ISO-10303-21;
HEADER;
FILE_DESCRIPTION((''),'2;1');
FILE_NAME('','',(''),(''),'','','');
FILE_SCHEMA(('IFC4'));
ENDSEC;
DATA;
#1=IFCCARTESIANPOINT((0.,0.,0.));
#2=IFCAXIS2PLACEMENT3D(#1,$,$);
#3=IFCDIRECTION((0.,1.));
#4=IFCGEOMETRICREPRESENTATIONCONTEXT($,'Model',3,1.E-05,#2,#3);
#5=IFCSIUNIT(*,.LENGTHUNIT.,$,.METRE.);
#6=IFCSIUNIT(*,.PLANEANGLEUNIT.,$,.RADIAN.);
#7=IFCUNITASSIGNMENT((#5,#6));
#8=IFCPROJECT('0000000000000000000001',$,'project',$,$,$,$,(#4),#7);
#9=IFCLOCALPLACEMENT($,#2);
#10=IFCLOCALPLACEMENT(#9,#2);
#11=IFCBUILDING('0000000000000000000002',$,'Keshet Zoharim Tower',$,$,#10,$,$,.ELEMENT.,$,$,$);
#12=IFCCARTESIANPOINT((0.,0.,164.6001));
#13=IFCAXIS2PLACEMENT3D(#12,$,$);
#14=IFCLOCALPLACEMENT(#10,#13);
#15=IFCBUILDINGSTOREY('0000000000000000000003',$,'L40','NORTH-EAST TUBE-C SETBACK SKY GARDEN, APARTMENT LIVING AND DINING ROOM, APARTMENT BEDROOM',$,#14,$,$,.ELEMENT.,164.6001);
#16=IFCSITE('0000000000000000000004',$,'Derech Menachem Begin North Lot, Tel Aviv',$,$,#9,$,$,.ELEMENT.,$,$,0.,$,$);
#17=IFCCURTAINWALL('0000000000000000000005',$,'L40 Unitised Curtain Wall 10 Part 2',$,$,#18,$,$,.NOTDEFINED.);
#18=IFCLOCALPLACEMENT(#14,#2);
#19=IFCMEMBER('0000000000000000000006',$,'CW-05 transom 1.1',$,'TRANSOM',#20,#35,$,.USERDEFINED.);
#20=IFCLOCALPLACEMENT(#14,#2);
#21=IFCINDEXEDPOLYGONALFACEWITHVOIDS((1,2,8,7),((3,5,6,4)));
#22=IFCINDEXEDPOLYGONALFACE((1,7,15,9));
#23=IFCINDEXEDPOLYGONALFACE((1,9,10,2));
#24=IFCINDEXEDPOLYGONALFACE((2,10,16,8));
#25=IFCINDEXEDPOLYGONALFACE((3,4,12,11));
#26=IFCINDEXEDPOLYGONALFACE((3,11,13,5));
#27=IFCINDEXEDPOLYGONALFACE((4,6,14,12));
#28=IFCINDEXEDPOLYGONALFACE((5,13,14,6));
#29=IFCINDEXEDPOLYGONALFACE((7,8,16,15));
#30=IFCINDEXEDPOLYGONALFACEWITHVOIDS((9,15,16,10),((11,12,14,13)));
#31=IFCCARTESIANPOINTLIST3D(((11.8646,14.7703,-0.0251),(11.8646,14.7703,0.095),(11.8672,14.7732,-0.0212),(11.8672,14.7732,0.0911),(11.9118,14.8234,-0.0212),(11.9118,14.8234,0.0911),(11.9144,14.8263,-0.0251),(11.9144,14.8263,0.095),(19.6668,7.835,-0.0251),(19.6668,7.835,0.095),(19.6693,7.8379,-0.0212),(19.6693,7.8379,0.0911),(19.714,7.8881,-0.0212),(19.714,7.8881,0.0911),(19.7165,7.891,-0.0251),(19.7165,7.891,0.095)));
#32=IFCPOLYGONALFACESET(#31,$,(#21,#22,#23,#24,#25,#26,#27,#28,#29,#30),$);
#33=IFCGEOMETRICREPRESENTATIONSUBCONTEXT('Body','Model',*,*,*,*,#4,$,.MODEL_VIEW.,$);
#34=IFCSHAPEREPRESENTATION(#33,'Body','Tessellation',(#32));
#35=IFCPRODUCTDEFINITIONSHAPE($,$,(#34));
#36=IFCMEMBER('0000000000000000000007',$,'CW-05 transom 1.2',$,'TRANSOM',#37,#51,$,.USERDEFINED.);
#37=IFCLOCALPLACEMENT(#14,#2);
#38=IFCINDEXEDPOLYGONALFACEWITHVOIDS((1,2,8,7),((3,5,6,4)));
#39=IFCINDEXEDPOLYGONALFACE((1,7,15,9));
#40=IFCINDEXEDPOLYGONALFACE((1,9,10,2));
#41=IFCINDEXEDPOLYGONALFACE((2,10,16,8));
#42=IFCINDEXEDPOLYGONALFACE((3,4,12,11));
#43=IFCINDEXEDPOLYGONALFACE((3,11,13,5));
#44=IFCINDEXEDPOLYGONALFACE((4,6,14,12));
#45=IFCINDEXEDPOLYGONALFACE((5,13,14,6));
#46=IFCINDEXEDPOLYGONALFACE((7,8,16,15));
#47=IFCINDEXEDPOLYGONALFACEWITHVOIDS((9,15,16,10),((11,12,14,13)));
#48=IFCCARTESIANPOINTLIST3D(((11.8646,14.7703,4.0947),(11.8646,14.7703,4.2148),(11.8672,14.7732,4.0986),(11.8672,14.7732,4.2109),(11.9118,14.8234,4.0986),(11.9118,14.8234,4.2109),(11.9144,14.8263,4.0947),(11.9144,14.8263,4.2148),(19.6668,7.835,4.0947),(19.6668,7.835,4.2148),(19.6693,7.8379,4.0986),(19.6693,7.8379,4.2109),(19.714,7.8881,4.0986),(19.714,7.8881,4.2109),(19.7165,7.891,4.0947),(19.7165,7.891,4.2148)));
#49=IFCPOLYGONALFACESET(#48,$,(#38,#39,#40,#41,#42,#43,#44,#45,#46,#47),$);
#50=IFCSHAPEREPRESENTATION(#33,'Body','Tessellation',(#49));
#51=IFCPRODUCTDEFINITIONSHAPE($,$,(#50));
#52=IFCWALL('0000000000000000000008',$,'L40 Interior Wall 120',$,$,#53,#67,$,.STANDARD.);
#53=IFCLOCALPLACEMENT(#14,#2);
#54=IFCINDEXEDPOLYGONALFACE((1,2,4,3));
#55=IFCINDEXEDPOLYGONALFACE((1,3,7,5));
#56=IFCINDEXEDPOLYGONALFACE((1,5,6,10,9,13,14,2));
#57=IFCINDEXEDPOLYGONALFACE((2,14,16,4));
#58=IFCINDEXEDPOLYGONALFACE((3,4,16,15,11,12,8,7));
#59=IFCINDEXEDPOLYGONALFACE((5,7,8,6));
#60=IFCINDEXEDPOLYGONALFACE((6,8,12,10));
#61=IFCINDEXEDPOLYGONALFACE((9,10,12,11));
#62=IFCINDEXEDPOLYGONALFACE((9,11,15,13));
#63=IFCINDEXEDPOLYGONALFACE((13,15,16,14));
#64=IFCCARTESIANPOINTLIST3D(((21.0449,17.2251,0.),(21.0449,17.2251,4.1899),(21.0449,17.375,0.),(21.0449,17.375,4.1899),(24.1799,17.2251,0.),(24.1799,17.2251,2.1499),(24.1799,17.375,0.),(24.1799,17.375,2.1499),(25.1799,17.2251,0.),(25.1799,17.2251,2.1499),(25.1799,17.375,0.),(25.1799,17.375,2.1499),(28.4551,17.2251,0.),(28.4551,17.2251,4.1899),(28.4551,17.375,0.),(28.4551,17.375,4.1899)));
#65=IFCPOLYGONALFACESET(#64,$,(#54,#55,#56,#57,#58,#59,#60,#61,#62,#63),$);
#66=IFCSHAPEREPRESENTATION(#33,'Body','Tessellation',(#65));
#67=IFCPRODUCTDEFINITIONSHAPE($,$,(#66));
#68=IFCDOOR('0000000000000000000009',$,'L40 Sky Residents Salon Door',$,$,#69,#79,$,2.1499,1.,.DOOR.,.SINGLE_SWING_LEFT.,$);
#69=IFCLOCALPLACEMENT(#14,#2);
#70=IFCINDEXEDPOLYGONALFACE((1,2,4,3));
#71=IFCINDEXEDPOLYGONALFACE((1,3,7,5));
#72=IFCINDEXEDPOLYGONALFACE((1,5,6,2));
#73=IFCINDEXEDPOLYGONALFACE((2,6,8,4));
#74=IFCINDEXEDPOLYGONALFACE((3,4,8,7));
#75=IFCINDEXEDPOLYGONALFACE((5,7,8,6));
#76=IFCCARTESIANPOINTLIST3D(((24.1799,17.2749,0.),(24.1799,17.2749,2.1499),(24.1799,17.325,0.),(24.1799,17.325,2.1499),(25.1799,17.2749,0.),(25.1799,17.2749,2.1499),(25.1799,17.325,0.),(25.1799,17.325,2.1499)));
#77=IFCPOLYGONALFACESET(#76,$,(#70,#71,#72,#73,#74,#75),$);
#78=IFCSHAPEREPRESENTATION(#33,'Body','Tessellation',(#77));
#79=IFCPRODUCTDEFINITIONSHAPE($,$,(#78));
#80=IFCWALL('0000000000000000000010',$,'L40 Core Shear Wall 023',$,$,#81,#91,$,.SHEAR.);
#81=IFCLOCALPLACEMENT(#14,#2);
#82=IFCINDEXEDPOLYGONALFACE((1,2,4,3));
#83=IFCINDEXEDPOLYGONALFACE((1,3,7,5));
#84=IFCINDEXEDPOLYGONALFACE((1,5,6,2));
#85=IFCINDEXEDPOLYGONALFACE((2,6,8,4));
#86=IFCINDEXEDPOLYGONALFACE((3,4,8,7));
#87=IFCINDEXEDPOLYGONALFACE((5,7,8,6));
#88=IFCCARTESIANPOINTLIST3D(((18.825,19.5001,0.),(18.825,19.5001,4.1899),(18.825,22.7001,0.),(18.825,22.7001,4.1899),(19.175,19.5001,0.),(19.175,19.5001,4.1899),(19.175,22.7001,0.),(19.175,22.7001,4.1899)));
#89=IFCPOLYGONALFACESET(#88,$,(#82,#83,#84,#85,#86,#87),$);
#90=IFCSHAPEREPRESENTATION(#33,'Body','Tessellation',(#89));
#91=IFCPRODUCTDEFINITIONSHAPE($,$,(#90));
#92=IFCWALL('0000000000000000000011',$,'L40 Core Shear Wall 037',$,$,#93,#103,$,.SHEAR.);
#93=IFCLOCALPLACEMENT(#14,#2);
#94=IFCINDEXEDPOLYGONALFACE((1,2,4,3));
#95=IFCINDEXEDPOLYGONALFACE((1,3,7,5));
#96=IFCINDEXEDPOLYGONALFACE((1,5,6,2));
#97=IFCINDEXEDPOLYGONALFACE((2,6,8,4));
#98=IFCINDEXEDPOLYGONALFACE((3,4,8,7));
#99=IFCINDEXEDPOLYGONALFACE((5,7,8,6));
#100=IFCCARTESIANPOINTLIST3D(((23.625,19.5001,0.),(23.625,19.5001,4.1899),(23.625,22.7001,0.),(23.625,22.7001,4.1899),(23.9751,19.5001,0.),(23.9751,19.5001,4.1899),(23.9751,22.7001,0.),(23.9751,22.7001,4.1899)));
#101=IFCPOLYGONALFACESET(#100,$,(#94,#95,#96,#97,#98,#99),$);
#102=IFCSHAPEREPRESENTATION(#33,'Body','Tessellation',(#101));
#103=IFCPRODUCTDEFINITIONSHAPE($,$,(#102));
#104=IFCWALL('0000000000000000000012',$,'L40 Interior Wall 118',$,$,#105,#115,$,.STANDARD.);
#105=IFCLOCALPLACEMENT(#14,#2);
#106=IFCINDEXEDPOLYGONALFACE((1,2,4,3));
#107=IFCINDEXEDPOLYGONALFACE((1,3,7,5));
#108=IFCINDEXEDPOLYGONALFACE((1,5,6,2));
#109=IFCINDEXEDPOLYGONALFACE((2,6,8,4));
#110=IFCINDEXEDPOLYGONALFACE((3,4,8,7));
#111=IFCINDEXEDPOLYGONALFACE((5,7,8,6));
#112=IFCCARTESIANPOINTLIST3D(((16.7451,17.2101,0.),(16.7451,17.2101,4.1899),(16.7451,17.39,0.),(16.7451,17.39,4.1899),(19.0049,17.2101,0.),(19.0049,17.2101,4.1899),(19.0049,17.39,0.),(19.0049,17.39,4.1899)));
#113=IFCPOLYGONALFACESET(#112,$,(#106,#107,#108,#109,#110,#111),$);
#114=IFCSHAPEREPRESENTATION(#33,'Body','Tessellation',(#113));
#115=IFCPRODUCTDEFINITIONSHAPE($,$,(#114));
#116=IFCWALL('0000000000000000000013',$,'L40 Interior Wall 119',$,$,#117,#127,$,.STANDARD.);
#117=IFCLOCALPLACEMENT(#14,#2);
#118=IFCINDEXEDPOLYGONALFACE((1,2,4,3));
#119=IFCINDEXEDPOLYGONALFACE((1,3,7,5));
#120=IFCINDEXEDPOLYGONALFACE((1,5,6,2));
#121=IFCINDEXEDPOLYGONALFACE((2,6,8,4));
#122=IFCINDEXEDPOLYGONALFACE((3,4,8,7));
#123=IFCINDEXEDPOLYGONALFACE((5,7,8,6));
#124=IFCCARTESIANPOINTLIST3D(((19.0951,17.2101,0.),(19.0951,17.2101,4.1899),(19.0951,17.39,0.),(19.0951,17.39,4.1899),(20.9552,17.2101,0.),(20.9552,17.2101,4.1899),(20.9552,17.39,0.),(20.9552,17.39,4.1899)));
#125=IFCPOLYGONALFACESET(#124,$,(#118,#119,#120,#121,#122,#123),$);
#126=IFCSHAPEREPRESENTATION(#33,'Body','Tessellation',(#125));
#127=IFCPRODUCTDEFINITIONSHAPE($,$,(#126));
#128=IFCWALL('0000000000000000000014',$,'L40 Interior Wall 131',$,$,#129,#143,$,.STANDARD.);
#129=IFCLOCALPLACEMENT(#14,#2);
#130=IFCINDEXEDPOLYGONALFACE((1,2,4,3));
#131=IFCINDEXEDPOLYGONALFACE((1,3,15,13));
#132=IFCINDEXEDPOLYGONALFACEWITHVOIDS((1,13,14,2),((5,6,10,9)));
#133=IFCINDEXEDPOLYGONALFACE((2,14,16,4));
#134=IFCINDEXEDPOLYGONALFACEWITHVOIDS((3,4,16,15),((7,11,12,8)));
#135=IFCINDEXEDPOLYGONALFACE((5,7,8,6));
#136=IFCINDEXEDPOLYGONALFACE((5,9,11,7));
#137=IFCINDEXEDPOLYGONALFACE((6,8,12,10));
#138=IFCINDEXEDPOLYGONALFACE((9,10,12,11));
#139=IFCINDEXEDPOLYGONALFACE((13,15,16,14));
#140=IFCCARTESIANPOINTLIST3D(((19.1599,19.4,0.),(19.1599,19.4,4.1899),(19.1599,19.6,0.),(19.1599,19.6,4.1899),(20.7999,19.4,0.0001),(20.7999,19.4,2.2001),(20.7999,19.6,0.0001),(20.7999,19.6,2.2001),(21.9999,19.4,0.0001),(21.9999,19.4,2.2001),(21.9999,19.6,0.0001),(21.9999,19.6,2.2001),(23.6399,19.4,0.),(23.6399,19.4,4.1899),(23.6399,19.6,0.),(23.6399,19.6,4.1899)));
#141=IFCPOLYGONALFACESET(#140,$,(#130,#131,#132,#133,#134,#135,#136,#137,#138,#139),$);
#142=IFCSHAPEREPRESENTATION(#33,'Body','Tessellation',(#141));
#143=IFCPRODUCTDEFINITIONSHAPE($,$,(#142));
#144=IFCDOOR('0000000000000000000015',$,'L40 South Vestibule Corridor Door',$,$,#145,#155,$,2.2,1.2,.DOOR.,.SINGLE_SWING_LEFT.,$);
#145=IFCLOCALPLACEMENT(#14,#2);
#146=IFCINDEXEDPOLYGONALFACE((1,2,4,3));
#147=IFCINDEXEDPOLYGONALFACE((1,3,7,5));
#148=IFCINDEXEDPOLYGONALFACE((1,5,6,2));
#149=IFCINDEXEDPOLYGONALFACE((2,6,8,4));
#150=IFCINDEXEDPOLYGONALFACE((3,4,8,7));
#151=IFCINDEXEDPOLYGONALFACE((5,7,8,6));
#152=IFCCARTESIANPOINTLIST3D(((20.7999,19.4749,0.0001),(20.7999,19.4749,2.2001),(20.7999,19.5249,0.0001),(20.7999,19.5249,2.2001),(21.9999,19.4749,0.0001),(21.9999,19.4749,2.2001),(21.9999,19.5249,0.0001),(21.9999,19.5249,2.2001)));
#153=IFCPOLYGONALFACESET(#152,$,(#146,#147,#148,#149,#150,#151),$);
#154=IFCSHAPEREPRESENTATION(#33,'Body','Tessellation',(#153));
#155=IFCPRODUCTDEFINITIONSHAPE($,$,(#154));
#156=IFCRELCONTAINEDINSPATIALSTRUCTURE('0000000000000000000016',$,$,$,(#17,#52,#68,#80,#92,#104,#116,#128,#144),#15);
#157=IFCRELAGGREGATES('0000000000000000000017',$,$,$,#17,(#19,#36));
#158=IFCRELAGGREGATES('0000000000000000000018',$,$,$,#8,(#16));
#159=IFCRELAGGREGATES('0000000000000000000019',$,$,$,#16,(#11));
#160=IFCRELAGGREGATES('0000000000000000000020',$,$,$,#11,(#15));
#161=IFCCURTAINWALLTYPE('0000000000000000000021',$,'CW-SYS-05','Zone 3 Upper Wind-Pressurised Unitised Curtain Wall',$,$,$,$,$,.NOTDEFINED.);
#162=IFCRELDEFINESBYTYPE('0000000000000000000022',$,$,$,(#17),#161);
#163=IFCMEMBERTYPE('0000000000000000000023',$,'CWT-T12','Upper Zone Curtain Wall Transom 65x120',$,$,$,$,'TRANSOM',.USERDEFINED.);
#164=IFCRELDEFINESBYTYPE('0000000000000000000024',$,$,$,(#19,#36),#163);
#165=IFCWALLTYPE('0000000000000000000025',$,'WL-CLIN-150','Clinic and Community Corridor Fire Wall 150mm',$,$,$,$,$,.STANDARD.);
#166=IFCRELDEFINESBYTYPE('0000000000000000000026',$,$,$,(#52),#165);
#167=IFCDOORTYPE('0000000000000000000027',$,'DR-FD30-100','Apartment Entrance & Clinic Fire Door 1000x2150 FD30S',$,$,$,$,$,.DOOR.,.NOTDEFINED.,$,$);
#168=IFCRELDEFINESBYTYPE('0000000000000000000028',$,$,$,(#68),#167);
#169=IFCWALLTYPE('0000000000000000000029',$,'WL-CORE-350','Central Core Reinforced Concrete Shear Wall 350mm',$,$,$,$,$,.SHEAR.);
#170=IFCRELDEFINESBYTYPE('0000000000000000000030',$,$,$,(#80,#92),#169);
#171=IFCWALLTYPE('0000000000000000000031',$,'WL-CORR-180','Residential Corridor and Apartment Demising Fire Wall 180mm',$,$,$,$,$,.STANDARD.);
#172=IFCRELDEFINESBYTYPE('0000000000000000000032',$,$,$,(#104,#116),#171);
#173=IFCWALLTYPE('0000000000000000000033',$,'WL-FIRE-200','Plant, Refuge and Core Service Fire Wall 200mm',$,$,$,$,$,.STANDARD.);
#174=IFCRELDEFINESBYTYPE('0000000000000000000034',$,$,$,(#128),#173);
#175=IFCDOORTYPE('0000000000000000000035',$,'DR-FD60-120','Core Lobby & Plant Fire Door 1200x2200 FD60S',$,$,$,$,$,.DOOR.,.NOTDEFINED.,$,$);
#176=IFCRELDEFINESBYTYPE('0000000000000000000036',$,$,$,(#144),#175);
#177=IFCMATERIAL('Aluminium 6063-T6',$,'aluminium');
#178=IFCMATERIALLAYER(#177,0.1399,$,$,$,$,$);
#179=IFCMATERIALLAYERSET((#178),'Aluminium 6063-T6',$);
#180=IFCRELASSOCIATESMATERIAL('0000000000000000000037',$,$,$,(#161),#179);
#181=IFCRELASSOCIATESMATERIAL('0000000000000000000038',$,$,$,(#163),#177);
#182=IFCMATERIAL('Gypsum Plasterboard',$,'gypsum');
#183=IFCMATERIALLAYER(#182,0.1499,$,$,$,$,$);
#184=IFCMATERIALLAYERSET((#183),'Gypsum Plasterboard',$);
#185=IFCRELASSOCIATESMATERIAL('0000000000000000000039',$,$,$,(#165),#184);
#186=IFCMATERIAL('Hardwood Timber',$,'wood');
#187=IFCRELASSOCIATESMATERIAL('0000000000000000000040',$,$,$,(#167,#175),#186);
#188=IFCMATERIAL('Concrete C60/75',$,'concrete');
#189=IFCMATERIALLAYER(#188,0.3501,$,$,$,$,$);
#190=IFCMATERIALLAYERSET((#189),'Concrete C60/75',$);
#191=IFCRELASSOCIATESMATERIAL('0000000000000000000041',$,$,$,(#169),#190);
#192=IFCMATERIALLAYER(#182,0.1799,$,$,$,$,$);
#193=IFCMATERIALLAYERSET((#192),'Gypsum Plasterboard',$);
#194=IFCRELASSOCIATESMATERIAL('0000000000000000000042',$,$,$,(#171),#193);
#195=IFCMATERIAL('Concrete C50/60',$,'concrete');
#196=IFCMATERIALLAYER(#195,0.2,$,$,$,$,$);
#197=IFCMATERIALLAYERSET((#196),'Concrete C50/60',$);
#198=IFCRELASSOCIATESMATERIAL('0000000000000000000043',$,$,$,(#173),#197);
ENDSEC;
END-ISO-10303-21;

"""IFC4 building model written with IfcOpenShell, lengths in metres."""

from ifc_helpers import new_model, si_unit, direction, frame, frame_2d, origin, origin_2d, place, context, subcontext, project, spatial, rectangle, hollow_rectangle, extrude, material, layer, layer_set, material_profile, profile_set, type_object, element, fill, aggregate, save


model = new_model("IFC4")

# Units and contexts
model_context = context("Model", 3, precision=1e-05, world=origin(), true_north=direction((0.0, 1.0)))
body_context = subcontext(model_context, "Body", "Model", "MODEL_VIEW")
ifc_project = project(units=[si_unit("LENGTHUNIT", "METRE"), si_unit("PLANEANGLEUNIT", "RADIAN")], contexts=[model_context])

# Site, building, storey
site_placement = place(None, origin())
site = spatial("IfcSite", under=ifc_project, at=site_placement, Name="Derech Menachem Begin North Lot, Tel Aviv", CompositionType="ELEMENT", RefElevation=0.0)
building_placement = place(site_placement, origin())
building = spatial("IfcBuilding", under=site, at=building_placement, Name="Keshet Zoharim Tower", CompositionType="ELEMENT")
storey_placement = place(building_placement, frame((0.0, 0.0, 164.6001)))
storey = spatial("IfcBuildingStorey", under=building, at=storey_placement, Name="L40", Description="NORTH-EAST TUBE-C SETBACK SKY GARDEN, APARTMENT LIVING AND DINING ROOM, APARTMENT BEDROOM", CompositionType="ELEMENT", Elevation=164.6001)

# Curtain wall, members
ifc_material_1 = material(Name="Aluminium 6063-T6", Category="aluminium")
ifc_layer_1 = layer(ifc_material_1, 0.1399)
ifc_layer_set_1 = layer_set([ifc_layer_1], Name="Aluminium 6063-T6")
curtain_wall_type = type_object("IfcCurtainWallType", Name="CW-SYS-05", Description="Zone 3 Upper Wind-Pressurised Unitised Curtain Wall", PredefinedType="NOTDEFINED", material=ifc_layer_set_1)
curtain_wall_placement = place(storey_placement, origin())
curtain_wall = element("IfcCurtainWall", 1, at=curtain_wall_placement, inside=storey, type_object=curtain_wall_type, Name="L40 Unitised Curtain Wall 10 Part 2", PredefinedType="NOTDEFINED")
ifc_material_profile = material_profile(ifc_material_1, hollow_rectangle(XDim=0.075, YDim=0.1201, WallThickness=0.0039, at=origin_2d()), Name="TRN-75x120")
ifc_profile_set = profile_set([ifc_material_profile], Name="Aluminium 6063-T6")
member_type = type_object("IfcMemberType", Name="CWT-T12", Description="Upper Zone Curtain Wall Transom 65x120", ElementType="TRANSOM", PredefinedType="USERDEFINED", material=ifc_profile_set)
member_1_placement = place(storey_placement, frame((19.6917, 7.863, 0.0349), z_axis=(-0.747411, 0.664362, 0.0), x_axis=(-0.664362, -0.747411, 0.0)))
member_1 = element("IfcMember", 2, at=member_1_placement, type_object=member_type, Name="CW-05 transom 1.1", ObjectType="TRANSOM", PredefinedType="USERDEFINED", context=body_context, shape_type="SweptSolid", body=[
    extrude(hollow_rectangle(XDim=0.075, YDim=0.1201, WallThickness=0.0039, at=origin_2d()), origin(), (0.0, 0.0, 1.0), 10.439),
])
member_2_placement = place(storey_placement, frame((19.6917, 7.863, 4.1548), z_axis=(-0.747411, 0.664362, 0.0), x_axis=(-0.664362, -0.747411, 0.0)))
member_2 = element("IfcMember", 3, at=member_2_placement, type_object=member_type, Name="CW-05 transom 1.2", ObjectType="TRANSOM", PredefinedType="USERDEFINED", context=body_context, shape_type="SweptSolid", body=[
    extrude(hollow_rectangle(XDim=0.075, YDim=0.1201, WallThickness=0.0039, at=origin_2d()), origin(), (0.0, 0.0, 1.0), 10.439),
])
aggregate(curtain_wall, [member_1, member_2])

# Wall, opening, door
ifc_material_2 = material(Name="Gypsum Plasterboard", Category="gypsum")
ifc_layer_2 = layer(ifc_material_2, 0.1499)
ifc_layer_set_2 = layer_set([ifc_layer_2], Name="Gypsum Plasterboard")
wall_type_1 = type_object("IfcWallType", Name="WL-CLIN-150", Description="Clinic and Community Corridor Fire Wall 150mm", PredefinedType="STANDARD", material=ifc_layer_set_2)
wall_1_placement = place(storey_placement, frame((21.0449, 17.3, 0.0), z_axis=(0.0, 0.0, 1.0), x_axis=(1.0, 0.0, 0.0)))
wall_1 = element("IfcWall", 4, at=wall_1_placement, inside=storey, type_object=wall_type_1, Name="L40 Interior Wall 120", PredefinedType="STANDARD", context=body_context, shape_type="SweptSolid", body=[
    extrude(rectangle(XDim=7.4102, YDim=0.1499, at=frame_2d((3.7051, 0.0))), origin(), (0.0, 0.0, 1.0), 4.1899),
])
opening_1_placement = place(wall_1_placement, frame((3.135, 0.0, 0.0)))
opening_1 = element("IfcOpeningElement", 5, at=opening_1_placement, cuts=wall_1, PredefinedType="OPENING", context=body_context, shape_type="SweptSolid", body=[
    extrude(rectangle(XDim=1.0, YDim=2.1499, at=frame_2d((0.5, 1.075))), frame((0.0, 0.085, 0.0), z_axis=(0.0, -1.0, 0.0), x_axis=(1.0, 0.0, 0.0)), (0.0, 0.0, 1.0), 0.1699),
])
ifc_material_3 = material(Name="Hardwood Timber", Category="wood")
door_type_1 = type_object("IfcDoorType", Name="DR-FD30-100", Description="Apartment Entrance & Clinic Fire Door 1000x2150 FD30S", OperationType="NOTDEFINED", PredefinedType="DOOR", material=ifc_material_3)
door_1_placement = place(opening_1_placement, origin())
door_1 = element("IfcDoor", 6, at=door_1_placement, inside=storey, type_object=door_type_1, Name="L40 Sky Residents Salon Door", OperationType="SINGLE_SWING_LEFT", OverallHeight=2.1499, OverallWidth=1.0, PredefinedType="DOOR", context=body_context, shape_type="SweptSolid", body=[
    extrude(rectangle(XDim=1.0, YDim=2.1499, at=frame_2d((0.5, 1.075))), frame((0.0, 0.0249, 0.0), z_axis=(0.0, -1.0, 0.0), x_axis=(1.0, 0.0, 0.0)), (0.0, 0.0, 1.0), 0.05),
])
fill(opening_1, door_1)

# Walls
ifc_material_4 = material(Name="Concrete C60/75", Category="concrete")
ifc_layer_3 = layer(ifc_material_4, 0.3501)
ifc_layer_set_3 = layer_set([ifc_layer_3], Name="Concrete C60/75")
wall_type_2 = type_object("IfcWallType", Name="WL-CORE-350", Description="Central Core Reinforced Concrete Shear Wall 350mm", PredefinedType="SHEAR", material=ifc_layer_set_3)
for number, where, z_axis, x_axis, name in (
    (7, (19.0, 19.5, 0.0), (0.0, 0.0, 1.0), (0.0, 1.0, 0.0), "L40 Core Shear Wall 023"),
    (8, (23.8, 19.5, 0.0), (0.0, 0.0, 1.0), (0.0, 1.0, 0.0), "L40 Core Shear Wall 037"),
):
    element("IfcWall", number, at=place(storey_placement, frame(where, z_axis=z_axis, x_axis=x_axis)), inside=storey, type_object=wall_type_2, Name=name, PredefinedType="SHEAR", context=body_context, shape_type="SweptSolid", body=[
        extrude(rectangle(XDim=3.2, YDim=0.3501, at=frame_2d((1.6001, 0.0))), origin(), (0.0, 0.0, 1.0), 4.1899),
    ])
ifc_layer_4 = layer(ifc_material_2, 0.1799)
ifc_layer_set_4 = layer_set([ifc_layer_4], Name="Gypsum Plasterboard")
wall_type_3 = type_object("IfcWallType", Name="WL-CORR-180", Description="Residential Corridor and Apartment Demising Fire Wall 180mm", PredefinedType="STANDARD", material=ifc_layer_set_4)
wall_2_placement = place(storey_placement, frame((16.7451, 17.3, 0.0), z_axis=(0.0, 0.0, 1.0), x_axis=(1.0, 0.0, 0.0)))
element("IfcWall", 9, at=wall_2_placement, inside=storey, type_object=wall_type_3, Name="L40 Interior Wall 118", PredefinedType="STANDARD", context=body_context, shape_type="SweptSolid", body=[
    extrude(rectangle(XDim=2.2598, YDim=0.1799, at=frame_2d((1.1299, 0.0))), origin(), (0.0, 0.0, 1.0), 4.1899),
])
wall_3_placement = place(storey_placement, frame((19.095, 17.3, 0.0), z_axis=(0.0, 0.0, 1.0), x_axis=(1.0, 0.0, 0.0)))
element("IfcWall", 10, at=wall_3_placement, inside=storey, type_object=wall_type_3, Name="L40 Interior Wall 119", PredefinedType="STANDARD", context=body_context, shape_type="SweptSolid", body=[
    extrude(rectangle(XDim=1.8601, YDim=0.1799, at=frame_2d((0.9302, 0.0))), origin(), (0.0, 0.0, 1.0), 4.1899),
])

# Wall, opening, door
ifc_material_5 = material(Name="Concrete C50/60", Category="concrete")
ifc_layer_5 = layer(ifc_material_5, 0.2)
ifc_layer_set_5 = layer_set([ifc_layer_5], Name="Concrete C50/60")
wall_type_4 = type_object("IfcWallType", Name="WL-FIRE-200", Description="Plant, Refuge and Core Service Fire Wall 200mm", PredefinedType="STANDARD", material=ifc_layer_set_5)
wall_4_placement = place(storey_placement, frame((19.1599, 19.5, 0.0), z_axis=(0.0, 0.0, 1.0), x_axis=(1.0, 0.0, 0.0)))
wall_4 = element("IfcWall", 11, at=wall_4_placement, inside=storey, type_object=wall_type_4, Name="L40 Interior Wall 131", PredefinedType="STANDARD", context=body_context, shape_type="SweptSolid", body=[
    extrude(rectangle(XDim=4.48, YDim=0.2, at=frame_2d((2.24, 0.0))), origin(), (0.0, 0.0, 1.0), 4.1899),
])
opening_2_placement = place(wall_4_placement, frame((1.6399, 0.0, 0.0)))
opening_2 = element("IfcOpeningElement", 12, at=opening_2_placement, cuts=wall_4, PredefinedType="OPENING", context=body_context, shape_type="SweptSolid", body=[
    extrude(rectangle(XDim=1.2, YDim=2.2, at=frame_2d((0.6001, 1.1001))), frame((0.0, 0.1099, 0.0), z_axis=(0.0, -1.0, 0.0), x_axis=(1.0, 0.0, 0.0)), (0.0, 0.0, 1.0), 0.22),
])
door_type_2 = type_object("IfcDoorType", Name="DR-FD60-120", Description="Core Lobby & Plant Fire Door 1200x2200 FD60S", OperationType="NOTDEFINED", PredefinedType="DOOR", material=ifc_material_3)
door_2_placement = place(opening_2_placement, origin())
door_2 = element("IfcDoor", 13, at=door_2_placement, inside=storey, type_object=door_type_2, Name="L40 South Vestibule Corridor Door", OperationType="SINGLE_SWING_LEFT", OverallHeight=2.2, OverallWidth=1.2, PredefinedType="DOOR", context=body_context, shape_type="SweptSolid", body=[
    extrude(rectangle(XDim=1.2, YDim=2.2, at=frame_2d((0.6001, 1.1001))), frame((0.0, 0.0249, 0.0), z_axis=(0.0, -1.0, 0.0), x_axis=(1.0, 0.0, 0.0)), (0.0, 0.0, 1.0), 0.05),
])
fill(opening_2, door_2)

save(model, "model.ifc")
